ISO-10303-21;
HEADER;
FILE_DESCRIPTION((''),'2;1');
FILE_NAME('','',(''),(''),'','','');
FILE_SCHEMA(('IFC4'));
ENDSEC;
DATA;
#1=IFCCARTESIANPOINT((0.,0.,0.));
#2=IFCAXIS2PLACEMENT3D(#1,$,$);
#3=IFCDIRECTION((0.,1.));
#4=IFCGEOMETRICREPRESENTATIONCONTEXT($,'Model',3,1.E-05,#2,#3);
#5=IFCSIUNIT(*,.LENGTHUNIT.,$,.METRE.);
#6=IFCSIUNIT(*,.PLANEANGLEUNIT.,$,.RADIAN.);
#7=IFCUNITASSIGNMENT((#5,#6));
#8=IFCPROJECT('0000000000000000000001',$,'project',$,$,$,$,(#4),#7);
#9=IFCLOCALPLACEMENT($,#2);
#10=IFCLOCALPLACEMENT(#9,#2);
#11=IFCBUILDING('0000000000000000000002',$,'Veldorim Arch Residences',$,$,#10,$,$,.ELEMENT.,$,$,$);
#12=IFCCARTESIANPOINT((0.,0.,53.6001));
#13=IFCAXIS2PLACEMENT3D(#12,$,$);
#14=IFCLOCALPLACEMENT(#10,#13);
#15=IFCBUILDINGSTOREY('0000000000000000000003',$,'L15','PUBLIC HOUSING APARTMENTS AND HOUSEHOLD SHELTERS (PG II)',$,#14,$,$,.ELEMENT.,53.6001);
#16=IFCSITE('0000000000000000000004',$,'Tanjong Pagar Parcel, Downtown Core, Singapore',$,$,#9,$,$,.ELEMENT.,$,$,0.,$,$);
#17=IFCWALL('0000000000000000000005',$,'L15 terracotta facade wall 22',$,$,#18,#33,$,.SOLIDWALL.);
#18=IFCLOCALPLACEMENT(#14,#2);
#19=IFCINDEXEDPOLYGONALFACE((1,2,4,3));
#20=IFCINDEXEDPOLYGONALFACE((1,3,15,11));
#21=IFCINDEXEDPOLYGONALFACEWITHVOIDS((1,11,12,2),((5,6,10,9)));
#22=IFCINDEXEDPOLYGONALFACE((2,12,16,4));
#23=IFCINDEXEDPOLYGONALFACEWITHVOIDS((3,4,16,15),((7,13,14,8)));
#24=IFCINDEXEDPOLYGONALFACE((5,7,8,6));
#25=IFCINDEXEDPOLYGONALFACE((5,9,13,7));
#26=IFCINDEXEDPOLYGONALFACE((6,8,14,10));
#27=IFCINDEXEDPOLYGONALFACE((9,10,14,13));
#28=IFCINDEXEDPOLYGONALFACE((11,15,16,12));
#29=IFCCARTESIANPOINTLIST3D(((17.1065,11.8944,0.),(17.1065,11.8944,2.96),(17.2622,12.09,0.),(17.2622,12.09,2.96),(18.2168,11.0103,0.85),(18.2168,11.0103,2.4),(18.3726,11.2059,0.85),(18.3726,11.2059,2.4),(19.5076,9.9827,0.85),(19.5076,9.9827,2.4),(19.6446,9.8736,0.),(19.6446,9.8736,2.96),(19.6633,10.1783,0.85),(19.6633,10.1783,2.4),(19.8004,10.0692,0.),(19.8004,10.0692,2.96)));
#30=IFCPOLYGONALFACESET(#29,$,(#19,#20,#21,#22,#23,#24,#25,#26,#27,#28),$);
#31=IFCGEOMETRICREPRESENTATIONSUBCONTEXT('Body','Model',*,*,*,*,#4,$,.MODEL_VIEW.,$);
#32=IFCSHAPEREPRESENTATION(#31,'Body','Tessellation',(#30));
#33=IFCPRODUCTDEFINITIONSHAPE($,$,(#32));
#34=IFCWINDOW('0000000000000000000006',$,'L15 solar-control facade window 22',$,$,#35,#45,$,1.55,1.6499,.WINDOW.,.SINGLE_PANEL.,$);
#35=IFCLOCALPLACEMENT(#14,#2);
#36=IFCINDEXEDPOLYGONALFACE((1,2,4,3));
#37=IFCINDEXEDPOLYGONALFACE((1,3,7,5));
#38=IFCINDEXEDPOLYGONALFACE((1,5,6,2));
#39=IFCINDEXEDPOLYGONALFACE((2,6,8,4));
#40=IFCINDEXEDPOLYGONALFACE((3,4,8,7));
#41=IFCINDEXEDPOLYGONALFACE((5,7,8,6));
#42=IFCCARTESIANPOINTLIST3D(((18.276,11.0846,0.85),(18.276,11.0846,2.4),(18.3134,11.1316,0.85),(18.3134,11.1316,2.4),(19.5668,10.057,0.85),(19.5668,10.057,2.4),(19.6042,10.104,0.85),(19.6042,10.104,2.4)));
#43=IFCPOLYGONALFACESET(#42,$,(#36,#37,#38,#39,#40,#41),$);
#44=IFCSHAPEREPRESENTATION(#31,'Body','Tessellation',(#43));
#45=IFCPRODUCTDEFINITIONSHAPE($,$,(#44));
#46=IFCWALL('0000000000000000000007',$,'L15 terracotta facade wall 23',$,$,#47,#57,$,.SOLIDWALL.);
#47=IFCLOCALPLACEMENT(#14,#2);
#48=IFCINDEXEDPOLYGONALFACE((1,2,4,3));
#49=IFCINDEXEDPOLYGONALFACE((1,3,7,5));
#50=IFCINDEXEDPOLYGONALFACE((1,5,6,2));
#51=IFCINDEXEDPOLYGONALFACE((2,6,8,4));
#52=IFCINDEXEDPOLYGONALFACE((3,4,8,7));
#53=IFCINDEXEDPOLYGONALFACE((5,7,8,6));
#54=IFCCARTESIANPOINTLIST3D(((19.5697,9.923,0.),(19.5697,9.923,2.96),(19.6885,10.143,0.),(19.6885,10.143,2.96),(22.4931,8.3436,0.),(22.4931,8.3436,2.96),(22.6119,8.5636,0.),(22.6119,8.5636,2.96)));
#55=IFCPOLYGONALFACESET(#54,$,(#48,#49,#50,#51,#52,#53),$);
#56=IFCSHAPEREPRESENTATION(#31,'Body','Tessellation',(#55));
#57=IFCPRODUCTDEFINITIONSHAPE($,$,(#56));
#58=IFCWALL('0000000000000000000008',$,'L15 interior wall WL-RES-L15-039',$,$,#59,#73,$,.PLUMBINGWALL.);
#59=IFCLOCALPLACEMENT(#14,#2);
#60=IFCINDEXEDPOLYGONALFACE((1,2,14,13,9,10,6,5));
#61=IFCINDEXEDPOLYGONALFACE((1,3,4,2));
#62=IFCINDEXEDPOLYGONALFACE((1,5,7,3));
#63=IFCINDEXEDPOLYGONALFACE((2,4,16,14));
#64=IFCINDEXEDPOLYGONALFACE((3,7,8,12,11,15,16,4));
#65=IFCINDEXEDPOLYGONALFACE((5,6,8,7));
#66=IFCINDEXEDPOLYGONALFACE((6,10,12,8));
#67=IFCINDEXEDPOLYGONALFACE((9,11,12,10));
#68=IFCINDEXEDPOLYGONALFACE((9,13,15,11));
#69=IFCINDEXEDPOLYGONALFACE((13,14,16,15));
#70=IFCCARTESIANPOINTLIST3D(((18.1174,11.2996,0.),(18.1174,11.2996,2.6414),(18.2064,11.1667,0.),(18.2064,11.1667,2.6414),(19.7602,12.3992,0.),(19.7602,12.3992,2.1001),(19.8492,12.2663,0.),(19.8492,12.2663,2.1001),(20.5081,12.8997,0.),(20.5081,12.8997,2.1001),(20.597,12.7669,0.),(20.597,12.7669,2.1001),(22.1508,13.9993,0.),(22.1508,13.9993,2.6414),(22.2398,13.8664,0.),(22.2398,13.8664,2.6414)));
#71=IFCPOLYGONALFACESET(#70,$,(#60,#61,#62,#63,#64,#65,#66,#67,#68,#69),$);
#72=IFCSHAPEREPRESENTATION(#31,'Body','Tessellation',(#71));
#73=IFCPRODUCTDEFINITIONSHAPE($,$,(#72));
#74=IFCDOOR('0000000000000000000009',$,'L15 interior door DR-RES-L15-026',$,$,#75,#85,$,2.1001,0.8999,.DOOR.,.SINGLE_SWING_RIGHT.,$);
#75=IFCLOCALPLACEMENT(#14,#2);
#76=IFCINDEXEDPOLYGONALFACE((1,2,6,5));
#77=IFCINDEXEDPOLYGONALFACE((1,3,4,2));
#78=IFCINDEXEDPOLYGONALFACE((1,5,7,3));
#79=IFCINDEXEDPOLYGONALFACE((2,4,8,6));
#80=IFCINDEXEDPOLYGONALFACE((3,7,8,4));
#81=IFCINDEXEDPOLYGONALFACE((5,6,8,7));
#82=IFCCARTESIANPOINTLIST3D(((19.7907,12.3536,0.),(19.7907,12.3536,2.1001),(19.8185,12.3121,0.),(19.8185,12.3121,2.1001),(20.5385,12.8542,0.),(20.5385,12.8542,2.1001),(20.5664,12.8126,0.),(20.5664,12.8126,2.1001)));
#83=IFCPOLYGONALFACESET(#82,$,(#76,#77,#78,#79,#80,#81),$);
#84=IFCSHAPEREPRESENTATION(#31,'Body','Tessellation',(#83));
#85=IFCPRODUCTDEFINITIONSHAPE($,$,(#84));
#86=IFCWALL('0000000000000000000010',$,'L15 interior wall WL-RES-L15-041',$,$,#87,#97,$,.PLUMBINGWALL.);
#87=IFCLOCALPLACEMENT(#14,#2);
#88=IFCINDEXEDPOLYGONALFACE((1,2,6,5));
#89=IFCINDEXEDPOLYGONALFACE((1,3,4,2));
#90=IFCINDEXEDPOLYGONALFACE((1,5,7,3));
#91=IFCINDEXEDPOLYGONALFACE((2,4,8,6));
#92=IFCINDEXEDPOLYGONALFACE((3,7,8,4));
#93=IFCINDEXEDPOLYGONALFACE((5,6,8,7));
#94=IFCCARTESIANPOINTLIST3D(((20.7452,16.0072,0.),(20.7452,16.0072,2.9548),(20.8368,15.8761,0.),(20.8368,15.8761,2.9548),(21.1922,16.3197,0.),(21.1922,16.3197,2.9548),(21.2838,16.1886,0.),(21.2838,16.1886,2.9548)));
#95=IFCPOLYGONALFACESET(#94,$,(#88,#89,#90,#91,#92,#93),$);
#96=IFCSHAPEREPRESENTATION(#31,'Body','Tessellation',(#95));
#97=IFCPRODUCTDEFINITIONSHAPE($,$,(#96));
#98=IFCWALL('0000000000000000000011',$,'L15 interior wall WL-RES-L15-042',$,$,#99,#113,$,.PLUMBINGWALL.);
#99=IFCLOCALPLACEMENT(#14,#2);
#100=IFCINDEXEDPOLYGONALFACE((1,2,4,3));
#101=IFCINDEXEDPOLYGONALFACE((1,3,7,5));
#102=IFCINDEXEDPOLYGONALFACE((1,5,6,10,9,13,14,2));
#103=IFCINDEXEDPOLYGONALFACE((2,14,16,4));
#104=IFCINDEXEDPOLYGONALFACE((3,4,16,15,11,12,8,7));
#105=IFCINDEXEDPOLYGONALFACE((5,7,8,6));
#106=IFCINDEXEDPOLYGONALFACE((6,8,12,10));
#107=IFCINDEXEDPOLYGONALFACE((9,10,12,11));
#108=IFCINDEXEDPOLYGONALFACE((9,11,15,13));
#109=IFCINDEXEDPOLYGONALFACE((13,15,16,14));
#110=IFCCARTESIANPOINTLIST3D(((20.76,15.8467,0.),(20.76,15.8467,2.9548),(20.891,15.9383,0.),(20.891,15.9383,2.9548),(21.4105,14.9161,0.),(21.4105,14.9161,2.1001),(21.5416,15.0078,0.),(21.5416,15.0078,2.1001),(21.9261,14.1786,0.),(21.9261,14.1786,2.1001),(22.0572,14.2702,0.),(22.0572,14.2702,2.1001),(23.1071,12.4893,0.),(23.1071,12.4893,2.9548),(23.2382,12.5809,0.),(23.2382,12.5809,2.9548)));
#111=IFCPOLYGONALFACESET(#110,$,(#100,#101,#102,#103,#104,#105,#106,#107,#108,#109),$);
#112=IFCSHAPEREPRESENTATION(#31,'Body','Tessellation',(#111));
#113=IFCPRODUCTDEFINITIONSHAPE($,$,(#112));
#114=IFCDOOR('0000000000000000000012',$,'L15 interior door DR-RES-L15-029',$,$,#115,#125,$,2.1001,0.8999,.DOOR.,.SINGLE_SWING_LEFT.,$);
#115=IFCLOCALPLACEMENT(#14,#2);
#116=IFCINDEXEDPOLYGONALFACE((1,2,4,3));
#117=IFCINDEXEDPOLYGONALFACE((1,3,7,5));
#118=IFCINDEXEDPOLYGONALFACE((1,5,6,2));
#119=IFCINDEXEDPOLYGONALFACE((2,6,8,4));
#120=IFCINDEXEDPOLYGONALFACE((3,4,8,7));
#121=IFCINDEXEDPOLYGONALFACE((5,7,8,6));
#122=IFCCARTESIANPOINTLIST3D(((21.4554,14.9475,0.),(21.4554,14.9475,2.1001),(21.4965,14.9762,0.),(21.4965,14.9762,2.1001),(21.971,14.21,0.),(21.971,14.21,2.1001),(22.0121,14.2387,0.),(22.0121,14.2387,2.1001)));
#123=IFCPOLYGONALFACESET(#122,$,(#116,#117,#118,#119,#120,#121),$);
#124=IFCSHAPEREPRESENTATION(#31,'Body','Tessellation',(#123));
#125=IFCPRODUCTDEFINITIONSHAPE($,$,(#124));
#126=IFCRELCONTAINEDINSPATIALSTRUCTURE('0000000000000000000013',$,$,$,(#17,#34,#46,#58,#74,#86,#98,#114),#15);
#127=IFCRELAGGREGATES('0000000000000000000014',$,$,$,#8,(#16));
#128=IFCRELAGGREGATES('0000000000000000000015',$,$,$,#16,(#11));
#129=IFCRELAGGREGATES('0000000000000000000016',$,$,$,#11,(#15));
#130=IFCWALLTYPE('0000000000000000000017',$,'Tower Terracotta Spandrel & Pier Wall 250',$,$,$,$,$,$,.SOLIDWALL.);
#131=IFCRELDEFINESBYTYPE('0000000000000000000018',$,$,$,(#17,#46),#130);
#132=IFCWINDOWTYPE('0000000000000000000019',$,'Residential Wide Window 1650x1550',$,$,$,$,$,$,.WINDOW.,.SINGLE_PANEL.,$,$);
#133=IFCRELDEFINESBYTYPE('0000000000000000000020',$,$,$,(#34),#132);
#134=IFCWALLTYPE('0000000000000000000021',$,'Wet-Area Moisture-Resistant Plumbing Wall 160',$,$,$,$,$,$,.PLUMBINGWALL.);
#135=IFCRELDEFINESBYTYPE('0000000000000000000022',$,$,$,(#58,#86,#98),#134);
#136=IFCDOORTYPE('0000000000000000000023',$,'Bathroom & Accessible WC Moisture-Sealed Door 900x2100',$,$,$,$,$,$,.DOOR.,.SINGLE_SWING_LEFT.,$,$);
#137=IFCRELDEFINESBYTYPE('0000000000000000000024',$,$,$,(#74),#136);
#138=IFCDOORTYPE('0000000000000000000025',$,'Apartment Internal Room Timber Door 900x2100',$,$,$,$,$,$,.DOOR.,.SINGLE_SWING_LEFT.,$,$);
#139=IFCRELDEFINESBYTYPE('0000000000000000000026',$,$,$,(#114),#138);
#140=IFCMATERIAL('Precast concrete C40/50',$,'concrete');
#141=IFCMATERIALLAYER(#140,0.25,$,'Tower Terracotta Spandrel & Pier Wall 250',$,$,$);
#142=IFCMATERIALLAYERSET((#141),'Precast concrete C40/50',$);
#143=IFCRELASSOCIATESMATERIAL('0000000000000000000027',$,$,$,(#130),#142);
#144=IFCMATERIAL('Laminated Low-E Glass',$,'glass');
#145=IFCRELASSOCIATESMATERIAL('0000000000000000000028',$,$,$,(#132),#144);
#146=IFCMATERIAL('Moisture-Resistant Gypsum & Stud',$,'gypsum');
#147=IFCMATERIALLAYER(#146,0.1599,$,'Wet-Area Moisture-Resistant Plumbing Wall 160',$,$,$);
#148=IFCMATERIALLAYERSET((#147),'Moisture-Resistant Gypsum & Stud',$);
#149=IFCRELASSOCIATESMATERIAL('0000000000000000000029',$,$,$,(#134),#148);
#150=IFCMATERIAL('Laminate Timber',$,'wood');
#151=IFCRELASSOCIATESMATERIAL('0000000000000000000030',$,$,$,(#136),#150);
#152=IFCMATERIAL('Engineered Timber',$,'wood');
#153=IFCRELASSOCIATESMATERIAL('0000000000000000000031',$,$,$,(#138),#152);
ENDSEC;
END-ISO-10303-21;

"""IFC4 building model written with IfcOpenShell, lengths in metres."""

from ifc_helpers import new_model, si_unit, direction, frame, frame_2d, origin, place, context, subcontext, project, spatial, rectangle, extrude, material, layer, layer_set, type_object, element, fill, save


model = new_model("IFC4")

# Units and contexts
model_context = context("Model", 3, precision=1e-05, world=origin(), true_north=direction((0.0, 1.0)))
body_context = subcontext(model_context, "Body", "Model", "MODEL_VIEW")
ifc_project = project(units=[si_unit("LENGTHUNIT", "METRE"), si_unit("PLANEANGLEUNIT", "RADIAN")], contexts=[model_context])

# Site, building, storey
site_placement = place(None, origin())
site = spatial("IfcSite", under=ifc_project, at=site_placement, Name="Tanjong Pagar Parcel, Downtown Core, Singapore", CompositionType="ELEMENT", RefElevation=0.0)
building_placement = place(site_placement, origin())
building = spatial("IfcBuilding", under=site, at=building_placement, Name="Veldorim Arch Residences", CompositionType="ELEMENT")
storey_placement = place(building_placement, frame((0.0, 0.0, 53.6001)))
storey = spatial("IfcBuildingStorey", under=building, at=storey_placement, Name="L15", Description="PUBLIC HOUSING APARTMENTS AND HOUSEHOLD SHELTERS (PG II)", CompositionType="ELEMENT", Elevation=53.6001)

# Shared definitions
ifc_material_1 = material(Name="Precast concrete C40/50", Category="concrete")
ifc_layer_1 = layer(ifc_material_1, 0.25, Name="Tower Terracotta Spandrel & Pier Wall 250")
ifc_layer_set_1 = layer_set([ifc_layer_1], Name="Precast concrete C40/50")
wall_type_1 = type_object("IfcWallType", Name="Tower Terracotta Spandrel & Pier Wall 250", PredefinedType="SOLIDWALL", material=ifc_layer_set_1)
ifc_material_2 = material(Name="Laminated Low-E Glass", Category="glass")
window_type = type_object("IfcWindowType", Name="Residential Wide Window 1650x1550", PartitioningType="SINGLE_PANEL", PredefinedType="WINDOW", material=ifc_material_2)

# Wall, opening, window
wall_1_placement = place(storey_placement, frame((19.7224, 9.9714, 0.0), z_axis=(0.0, 0.0, 1.0), x_axis=(-0.782328, 0.622867, 0.0)))
wall_1 = element("IfcWall", 1, at=wall_1_placement, inside=storey, type_object=wall_type_1, Name="L15 terracotta facade wall 22", PredefinedType="SOLIDWALL", context=body_context, shape_type="SweptSolid", body=[
    extrude(rectangle(XDim=3.2444, YDim=0.25, at=frame_2d((1.6221, 0.0))), origin(), (0.0, 0.0, 1.0), 2.96),
])
opening_1_placement = place(wall_1_placement, frame((0.175, 0.0, 0.8501)))
opening_1 = element("IfcOpeningElement", 2, at=opening_1_placement, cuts=wall_1, PredefinedType="OPENING", context=body_context, shape_type="SweptSolid", body=[
    extrude(rectangle(XDim=1.6499, YDim=1.55, at=frame_2d((0.825, 0.7749))), frame((0.0, 0.135, 0.0), z_axis=(0.0, -1.0, 0.0), x_axis=(1.0, 0.0, 0.0)), (0.0, 0.0, 1.0), 0.27),
])
window_1_placement = place(opening_1_placement, origin())
window_1 = element("IfcWindow", 3, at=window_1_placement, inside=storey, type_object=window_type, Name="L15 solar-control facade window 22", OverallHeight=1.55, OverallWidth=1.6499, PartitioningType="SINGLE_PANEL", PredefinedType="WINDOW", context=body_context, shape_type="SweptSolid", body=[
    extrude(rectangle(XDim=1.6499, YDim=1.55, at=frame_2d((0.825, 0.7749))), frame((0.0, 0.03, 0.0), z_axis=(0.0, -1.0, 0.0), x_axis=(1.0, 0.0, 0.0)), (0.0, 0.0, 1.0), 0.0601),
])
fill(opening_1, window_1)

# Wall
wall_2_placement = place(storey_placement, frame((22.5525, 8.4536, 0.0), z_axis=(0.0, 0.0, 1.0), x_axis=(-0.879812, 0.475322, 0.0)))
element("IfcWall", 4, at=wall_2_placement, inside=storey, type_object=wall_type_1, Name="L15 terracotta facade wall 23", PredefinedType="SOLIDWALL", context=body_context, shape_type="SweptSolid", body=[
    extrude(rectangle(XDim=3.3228, YDim=0.25, at=frame_2d((1.6614, 0.0))), origin(), (0.0, 0.0, 1.0), 2.96),
])

# Wall, opening, door
ifc_material_3 = material(Name="Moisture-Resistant Gypsum & Stud", Category="gypsum")
ifc_layer_2 = layer(ifc_material_3, 0.1599, Name="Wet-Area Moisture-Resistant Plumbing Wall 160")
ifc_layer_set_2 = layer_set([ifc_layer_2], Name="Moisture-Resistant Gypsum & Stud")
wall_type_2 = type_object("IfcWallType", Name="Wet-Area Moisture-Resistant Plumbing Wall 160", PredefinedType="PLUMBINGWALL", material=ifc_layer_set_2)
wall_3_placement = place(storey_placement, frame((22.1953, 13.9329, 0.0), z_axis=(0.0, 0.0, 1.0), x_axis=(-0.831027, -0.556232, 0.0)))
wall_3 = element("IfcWall", 5, at=wall_3_placement, inside=storey, type_object=wall_type_2, Name="L15 interior wall WL-RES-L15-039", PredefinedType="PLUMBINGWALL", context=body_context, shape_type="SweptSolid", body=[
    extrude(rectangle(XDim=4.8535, YDim=0.1599, at=frame_2d((2.4268, 0.0))), origin(), (0.0, 0.0, 1.0), 2.6414),
])
opening_2_placement = place(wall_3_placement, frame((1.9768, 0.0, 0.0)))
opening_2 = element("IfcOpeningElement", 6, at=opening_2_placement, cuts=wall_3, PredefinedType="OPENING", context=body_context, shape_type="SweptSolid", body=[
    extrude(rectangle(XDim=0.8999, YDim=2.1001, at=frame_2d((0.45, 1.05))), frame((0.0, 0.0898, 0.0), z_axis=(0.0, -1.0, 0.0), x_axis=(1.0, 0.0, 0.0)), (0.0, 0.0, 1.0), 0.1799),
])
ifc_material_4 = material(Name="Laminate Timber", Category="wood")
door_type_1 = type_object("IfcDoorType", Name="Bathroom & Accessible WC Moisture-Sealed Door 900x2100", OperationType="SINGLE_SWING_LEFT", PredefinedType="DOOR", material=ifc_material_4)
door_1_placement = place(opening_2_placement, origin())
door_1 = element("IfcDoor", 7, at=door_1_placement, inside=storey, type_object=door_type_1, Name="L15 interior door DR-RES-L15-026", OperationType="SINGLE_SWING_RIGHT", OverallHeight=2.1001, OverallWidth=0.8999, PredefinedType="DOOR", context=body_context, shape_type="SweptSolid", body=[
    extrude(rectangle(XDim=0.8999, YDim=2.1001, at=frame_2d((0.45, 1.05))), frame((0.0, 0.0249, 0.0), z_axis=(0.0, -1.0, 0.0), x_axis=(1.0, 0.0, 0.0)), (0.0, 0.0, 1.0), 0.05),
])
fill(opening_2, door_1)

# Wall
wall_4_placement = place(storey_placement, frame((21.238, 16.2542, 0.0), z_axis=(0.0, 0.0, 1.0), x_axis=(-0.819589, -0.572952, 0.0)))
element("IfcWall", 8, at=wall_4_placement, inside=storey, type_object=wall_type_2, Name="L15 interior wall WL-RES-L15-041", PredefinedType="PLUMBINGWALL", context=body_context, shape_type="SweptSolid", body=[
    extrude(rectangle(XDim=0.5454, YDim=0.1599, at=frame_2d((0.2727, 0.0))), origin(), (0.0, 0.0, 1.0), 2.9548),
])

# Wall, opening, door
wall_5_placement = place(storey_placement, frame((20.8254, 15.8926, 0.0), z_axis=(0.0, 0.0, 1.0), x_axis=(0.572966, -0.819579, 0.0)))
wall_5 = element("IfcWall", 9, at=wall_5_placement, inside=storey, type_object=wall_type_2, Name="L15 interior wall WL-RES-L15-042", PredefinedType="PLUMBINGWALL", context=body_context, shape_type="SweptSolid", body=[
    extrude(rectangle(XDim=4.0964, YDim=0.1599, at=frame_2d((2.0483, 0.0))), origin(), (0.0, 0.0, 1.0), 2.9548),
])
opening_3_placement = place(wall_5_placement, frame((1.1355, 0.0, 0.0)))
opening_3 = element("IfcOpeningElement", 10, at=opening_3_placement, cuts=wall_5, PredefinedType="OPENING", context=body_context, shape_type="SweptSolid", body=[
    extrude(rectangle(XDim=0.8999, YDim=2.1001, at=frame_2d((0.45, 1.05))), frame((0.0, 0.0898, 0.0), z_axis=(0.0, -1.0, 0.0), x_axis=(1.0, 0.0, 0.0)), (0.0, 0.0, 1.0), 0.1799),
])
ifc_material_5 = material(Name="Engineered Timber", Category="wood")
door_type_2 = type_object("IfcDoorType", Name="Apartment Internal Room Timber Door 900x2100", OperationType="SINGLE_SWING_LEFT", PredefinedType="DOOR", material=ifc_material_5)
door_2_placement = place(opening_3_placement, origin())
door_2 = element("IfcDoor", 11, at=door_2_placement, inside=storey, type_object=door_type_2, Name="L15 interior door DR-RES-L15-029", OperationType="SINGLE_SWING_LEFT", OverallHeight=2.1001, OverallWidth=0.8999, PredefinedType="DOOR", context=body_context, shape_type="SweptSolid", body=[
    extrude(rectangle(XDim=0.8999, YDim=2.1001, at=frame_2d((0.45, 1.05))), frame((0.0, 0.0249, 0.0), z_axis=(0.0, -1.0, 0.0), x_axis=(1.0, 0.0, 0.0)), (0.0, 0.0, 1.0), 0.05),
])
fill(opening_3, door_2)

save(model, "model.ifc")
